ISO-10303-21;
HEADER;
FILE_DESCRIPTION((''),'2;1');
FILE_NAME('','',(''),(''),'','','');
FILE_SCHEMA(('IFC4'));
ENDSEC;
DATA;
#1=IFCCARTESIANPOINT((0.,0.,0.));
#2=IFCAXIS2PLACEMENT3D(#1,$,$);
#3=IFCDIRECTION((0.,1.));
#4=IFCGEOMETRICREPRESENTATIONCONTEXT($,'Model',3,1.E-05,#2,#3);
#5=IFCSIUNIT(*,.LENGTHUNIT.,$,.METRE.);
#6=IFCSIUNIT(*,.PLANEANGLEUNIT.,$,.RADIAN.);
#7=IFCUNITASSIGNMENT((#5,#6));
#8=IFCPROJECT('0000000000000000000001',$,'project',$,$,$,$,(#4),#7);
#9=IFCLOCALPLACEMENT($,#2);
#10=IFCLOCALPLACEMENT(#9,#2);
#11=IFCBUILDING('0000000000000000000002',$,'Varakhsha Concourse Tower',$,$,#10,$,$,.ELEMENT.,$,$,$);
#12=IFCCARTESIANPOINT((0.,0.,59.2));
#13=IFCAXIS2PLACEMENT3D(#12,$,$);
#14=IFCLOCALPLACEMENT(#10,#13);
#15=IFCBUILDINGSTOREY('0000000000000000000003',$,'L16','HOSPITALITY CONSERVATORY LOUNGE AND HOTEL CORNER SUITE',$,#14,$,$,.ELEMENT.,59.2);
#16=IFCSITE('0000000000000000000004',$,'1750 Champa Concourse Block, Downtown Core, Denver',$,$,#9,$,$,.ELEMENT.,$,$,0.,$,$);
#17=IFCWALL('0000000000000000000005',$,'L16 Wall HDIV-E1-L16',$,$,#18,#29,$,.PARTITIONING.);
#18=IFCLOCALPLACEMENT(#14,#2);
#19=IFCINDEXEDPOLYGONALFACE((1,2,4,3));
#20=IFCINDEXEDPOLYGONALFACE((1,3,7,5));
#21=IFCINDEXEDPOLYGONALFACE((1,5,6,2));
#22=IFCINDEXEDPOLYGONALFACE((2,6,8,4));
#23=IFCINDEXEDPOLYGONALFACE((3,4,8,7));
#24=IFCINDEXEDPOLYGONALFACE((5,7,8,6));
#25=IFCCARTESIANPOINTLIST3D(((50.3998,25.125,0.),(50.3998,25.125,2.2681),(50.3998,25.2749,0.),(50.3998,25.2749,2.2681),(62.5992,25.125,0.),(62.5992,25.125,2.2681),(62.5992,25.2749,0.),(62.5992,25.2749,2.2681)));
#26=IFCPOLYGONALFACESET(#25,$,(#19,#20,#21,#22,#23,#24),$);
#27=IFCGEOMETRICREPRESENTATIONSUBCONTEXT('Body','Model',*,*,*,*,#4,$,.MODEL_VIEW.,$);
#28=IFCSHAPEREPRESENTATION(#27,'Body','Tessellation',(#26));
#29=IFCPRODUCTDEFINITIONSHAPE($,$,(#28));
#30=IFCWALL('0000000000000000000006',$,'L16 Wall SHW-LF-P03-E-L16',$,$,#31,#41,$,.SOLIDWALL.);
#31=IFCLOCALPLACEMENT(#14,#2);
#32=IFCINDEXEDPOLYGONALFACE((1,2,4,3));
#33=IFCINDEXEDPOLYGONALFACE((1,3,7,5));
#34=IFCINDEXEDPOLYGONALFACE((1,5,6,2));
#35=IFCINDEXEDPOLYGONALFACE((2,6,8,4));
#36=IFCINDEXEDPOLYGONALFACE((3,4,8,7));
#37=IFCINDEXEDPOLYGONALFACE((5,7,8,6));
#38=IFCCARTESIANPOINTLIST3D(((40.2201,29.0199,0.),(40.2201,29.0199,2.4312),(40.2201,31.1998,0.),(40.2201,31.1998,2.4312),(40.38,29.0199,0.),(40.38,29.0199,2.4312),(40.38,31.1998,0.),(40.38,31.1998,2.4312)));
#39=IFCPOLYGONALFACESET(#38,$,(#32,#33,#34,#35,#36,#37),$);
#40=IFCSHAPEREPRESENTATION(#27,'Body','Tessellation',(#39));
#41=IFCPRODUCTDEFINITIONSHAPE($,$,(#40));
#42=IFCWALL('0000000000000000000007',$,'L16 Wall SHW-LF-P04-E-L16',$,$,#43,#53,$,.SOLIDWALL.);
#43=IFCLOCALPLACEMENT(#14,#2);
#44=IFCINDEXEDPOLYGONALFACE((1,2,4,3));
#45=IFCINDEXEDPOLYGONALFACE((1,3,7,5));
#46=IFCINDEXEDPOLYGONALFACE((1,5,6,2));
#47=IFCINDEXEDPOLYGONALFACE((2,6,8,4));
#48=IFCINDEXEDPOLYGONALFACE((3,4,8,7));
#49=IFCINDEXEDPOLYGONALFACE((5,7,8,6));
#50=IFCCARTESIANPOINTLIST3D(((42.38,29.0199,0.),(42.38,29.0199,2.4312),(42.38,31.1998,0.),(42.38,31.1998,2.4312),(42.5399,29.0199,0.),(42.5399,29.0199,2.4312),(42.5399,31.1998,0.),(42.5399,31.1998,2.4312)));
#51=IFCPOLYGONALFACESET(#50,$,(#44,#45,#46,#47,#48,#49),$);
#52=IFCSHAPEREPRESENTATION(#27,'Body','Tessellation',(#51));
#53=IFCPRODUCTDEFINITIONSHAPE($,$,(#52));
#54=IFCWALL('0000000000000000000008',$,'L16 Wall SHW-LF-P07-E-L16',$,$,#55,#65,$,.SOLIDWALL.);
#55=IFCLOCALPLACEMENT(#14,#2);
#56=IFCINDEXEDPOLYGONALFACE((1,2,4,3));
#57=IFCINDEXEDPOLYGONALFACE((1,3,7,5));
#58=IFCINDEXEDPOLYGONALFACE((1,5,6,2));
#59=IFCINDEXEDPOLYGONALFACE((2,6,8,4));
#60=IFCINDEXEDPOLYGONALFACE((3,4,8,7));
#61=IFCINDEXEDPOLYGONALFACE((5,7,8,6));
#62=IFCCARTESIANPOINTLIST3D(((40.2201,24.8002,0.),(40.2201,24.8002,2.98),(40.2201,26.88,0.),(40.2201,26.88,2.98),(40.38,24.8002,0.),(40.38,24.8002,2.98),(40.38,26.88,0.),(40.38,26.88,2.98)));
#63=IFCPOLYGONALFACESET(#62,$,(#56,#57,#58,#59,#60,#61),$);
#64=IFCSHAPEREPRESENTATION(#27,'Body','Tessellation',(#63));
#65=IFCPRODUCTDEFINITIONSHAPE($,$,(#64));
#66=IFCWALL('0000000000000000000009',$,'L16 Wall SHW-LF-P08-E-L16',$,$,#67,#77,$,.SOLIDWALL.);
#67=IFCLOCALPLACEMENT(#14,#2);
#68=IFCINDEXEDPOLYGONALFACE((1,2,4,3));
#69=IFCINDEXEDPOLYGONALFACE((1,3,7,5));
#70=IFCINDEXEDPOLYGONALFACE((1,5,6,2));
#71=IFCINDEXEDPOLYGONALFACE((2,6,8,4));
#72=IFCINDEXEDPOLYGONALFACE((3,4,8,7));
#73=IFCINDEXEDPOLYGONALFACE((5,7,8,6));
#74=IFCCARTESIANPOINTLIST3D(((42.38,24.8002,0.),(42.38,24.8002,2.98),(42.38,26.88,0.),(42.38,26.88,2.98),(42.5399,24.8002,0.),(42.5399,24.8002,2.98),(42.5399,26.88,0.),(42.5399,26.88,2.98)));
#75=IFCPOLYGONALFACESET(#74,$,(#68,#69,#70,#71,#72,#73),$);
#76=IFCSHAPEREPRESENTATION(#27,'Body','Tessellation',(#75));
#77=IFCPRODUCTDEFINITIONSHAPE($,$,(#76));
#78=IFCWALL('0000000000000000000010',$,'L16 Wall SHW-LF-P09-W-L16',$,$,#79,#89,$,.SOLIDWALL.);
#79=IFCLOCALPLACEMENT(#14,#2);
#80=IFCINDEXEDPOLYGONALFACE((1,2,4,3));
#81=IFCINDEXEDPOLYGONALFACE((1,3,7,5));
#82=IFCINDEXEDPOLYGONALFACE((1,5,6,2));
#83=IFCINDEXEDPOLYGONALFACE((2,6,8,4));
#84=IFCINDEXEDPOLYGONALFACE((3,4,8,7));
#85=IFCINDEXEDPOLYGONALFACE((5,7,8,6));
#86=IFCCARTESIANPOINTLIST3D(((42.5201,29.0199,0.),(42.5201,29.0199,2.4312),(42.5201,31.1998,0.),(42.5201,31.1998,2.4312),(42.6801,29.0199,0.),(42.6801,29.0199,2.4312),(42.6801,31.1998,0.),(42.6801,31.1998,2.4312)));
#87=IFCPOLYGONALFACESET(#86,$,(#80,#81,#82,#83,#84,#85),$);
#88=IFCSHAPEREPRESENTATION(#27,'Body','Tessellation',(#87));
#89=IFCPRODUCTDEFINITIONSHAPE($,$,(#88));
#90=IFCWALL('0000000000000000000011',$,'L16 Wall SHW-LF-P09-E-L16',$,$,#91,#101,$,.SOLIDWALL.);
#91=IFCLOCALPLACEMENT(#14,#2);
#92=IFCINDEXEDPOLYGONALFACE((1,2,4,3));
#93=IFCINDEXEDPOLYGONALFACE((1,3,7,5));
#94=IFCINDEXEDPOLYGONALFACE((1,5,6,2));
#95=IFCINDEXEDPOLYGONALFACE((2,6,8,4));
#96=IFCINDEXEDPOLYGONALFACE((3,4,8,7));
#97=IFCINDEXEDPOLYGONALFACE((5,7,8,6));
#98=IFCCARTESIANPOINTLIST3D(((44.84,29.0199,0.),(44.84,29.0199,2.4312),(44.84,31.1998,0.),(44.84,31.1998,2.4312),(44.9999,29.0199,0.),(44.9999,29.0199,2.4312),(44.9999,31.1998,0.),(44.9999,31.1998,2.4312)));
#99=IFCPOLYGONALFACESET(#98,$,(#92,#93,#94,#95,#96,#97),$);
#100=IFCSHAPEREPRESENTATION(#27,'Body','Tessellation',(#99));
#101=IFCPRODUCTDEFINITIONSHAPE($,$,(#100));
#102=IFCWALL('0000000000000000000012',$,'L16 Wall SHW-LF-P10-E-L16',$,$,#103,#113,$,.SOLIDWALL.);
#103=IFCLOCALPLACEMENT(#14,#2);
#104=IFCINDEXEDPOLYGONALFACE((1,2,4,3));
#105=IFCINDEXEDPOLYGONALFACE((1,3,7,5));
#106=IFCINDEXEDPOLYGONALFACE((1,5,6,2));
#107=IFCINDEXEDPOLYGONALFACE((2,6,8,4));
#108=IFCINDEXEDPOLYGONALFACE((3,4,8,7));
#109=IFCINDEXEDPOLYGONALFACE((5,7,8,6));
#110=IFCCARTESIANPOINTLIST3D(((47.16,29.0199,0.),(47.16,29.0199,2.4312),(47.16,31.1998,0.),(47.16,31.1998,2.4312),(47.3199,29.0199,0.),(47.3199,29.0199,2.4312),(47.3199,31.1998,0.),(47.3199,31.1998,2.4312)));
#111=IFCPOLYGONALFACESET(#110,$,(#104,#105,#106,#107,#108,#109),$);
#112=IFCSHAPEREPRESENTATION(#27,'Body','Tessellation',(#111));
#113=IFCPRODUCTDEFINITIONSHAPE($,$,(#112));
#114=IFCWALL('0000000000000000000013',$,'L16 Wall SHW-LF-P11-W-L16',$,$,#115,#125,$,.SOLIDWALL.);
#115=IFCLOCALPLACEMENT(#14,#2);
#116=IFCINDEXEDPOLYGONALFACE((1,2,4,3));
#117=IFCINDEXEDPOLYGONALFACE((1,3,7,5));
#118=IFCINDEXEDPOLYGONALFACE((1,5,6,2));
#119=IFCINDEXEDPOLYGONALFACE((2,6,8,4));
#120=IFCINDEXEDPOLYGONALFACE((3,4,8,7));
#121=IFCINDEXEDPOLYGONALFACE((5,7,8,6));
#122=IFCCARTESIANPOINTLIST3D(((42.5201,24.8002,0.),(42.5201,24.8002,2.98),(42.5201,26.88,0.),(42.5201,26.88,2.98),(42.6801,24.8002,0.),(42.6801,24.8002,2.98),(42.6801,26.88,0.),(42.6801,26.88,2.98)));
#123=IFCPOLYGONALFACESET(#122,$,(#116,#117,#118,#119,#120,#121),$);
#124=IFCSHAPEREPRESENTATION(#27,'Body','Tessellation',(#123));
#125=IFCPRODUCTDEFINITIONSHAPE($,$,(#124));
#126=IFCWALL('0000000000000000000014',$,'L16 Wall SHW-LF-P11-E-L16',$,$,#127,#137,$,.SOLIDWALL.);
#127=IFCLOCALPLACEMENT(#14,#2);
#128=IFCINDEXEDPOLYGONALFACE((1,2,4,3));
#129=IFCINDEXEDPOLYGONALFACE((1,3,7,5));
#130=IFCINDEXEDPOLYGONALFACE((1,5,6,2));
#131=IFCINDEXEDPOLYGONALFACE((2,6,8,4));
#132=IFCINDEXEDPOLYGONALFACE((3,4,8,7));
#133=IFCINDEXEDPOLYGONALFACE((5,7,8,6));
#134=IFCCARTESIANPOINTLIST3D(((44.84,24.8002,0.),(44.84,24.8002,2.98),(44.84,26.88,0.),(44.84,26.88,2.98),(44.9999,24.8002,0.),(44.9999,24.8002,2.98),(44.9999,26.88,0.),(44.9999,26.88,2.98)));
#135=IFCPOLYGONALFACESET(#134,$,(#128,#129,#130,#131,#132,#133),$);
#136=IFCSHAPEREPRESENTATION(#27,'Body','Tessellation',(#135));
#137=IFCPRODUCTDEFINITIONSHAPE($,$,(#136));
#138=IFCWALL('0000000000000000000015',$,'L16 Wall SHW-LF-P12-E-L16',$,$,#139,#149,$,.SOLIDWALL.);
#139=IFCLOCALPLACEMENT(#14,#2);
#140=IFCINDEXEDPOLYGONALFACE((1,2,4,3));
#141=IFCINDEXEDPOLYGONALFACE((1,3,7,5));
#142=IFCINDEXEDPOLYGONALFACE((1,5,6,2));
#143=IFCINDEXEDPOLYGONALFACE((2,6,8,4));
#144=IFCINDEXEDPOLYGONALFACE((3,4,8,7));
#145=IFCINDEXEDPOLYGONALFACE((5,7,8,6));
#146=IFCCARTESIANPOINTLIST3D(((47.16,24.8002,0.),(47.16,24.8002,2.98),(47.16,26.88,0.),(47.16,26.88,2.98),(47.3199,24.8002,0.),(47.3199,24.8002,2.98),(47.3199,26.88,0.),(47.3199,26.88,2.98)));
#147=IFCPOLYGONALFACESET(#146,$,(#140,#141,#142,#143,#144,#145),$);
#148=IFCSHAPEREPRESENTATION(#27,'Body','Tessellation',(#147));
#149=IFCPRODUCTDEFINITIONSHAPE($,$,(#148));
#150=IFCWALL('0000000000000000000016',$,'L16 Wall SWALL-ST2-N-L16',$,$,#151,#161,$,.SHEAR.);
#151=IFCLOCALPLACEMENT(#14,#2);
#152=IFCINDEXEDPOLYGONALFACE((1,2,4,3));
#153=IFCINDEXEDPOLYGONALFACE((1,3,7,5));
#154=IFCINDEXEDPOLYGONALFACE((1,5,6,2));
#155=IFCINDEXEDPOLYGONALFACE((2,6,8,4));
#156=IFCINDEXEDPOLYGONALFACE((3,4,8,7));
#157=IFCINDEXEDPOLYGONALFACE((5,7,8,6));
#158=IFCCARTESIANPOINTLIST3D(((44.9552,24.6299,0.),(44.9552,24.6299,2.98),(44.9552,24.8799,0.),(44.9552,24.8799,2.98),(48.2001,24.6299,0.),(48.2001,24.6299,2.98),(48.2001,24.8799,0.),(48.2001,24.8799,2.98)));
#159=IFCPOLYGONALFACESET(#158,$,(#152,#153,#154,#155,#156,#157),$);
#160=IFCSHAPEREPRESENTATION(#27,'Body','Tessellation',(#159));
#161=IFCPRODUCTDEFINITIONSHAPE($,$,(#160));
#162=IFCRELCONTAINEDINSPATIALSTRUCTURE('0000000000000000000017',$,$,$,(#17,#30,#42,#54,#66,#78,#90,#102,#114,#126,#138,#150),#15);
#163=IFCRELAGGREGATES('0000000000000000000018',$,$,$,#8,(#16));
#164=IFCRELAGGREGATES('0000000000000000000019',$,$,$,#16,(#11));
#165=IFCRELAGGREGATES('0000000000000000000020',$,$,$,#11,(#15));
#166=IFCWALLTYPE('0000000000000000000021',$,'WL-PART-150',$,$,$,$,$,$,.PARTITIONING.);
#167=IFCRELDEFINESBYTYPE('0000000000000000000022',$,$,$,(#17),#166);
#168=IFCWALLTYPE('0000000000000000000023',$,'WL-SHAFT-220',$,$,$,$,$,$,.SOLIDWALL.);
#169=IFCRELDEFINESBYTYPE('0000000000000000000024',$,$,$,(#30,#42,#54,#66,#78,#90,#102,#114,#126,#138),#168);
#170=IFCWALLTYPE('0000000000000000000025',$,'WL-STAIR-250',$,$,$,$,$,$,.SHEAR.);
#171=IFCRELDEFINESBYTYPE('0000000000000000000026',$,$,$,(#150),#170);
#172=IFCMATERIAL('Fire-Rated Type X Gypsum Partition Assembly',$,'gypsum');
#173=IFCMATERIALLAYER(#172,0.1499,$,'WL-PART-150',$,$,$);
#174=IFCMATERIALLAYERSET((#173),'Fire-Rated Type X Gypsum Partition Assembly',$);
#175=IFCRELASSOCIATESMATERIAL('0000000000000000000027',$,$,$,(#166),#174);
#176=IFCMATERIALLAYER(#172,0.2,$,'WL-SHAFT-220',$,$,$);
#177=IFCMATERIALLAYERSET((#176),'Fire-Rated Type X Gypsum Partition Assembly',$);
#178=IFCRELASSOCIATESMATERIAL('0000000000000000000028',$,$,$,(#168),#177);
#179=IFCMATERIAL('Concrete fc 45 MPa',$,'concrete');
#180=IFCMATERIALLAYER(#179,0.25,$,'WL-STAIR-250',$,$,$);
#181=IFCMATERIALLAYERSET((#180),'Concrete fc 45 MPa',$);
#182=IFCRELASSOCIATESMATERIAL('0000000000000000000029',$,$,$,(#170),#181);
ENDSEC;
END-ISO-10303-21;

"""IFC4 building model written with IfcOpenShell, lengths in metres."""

from ifc_helpers import new_model, si_unit, direction, frame, frame_2d, origin, place, context, subcontext, project, spatial, rectangle, extrude, material, layer, layer_set, type_object, element, save


model = new_model("IFC4")

# Units and contexts
model_context = context("Model", 3, precision=1e-05, world=origin(), true_north=direction((0.0, 1.0)))
body_context = subcontext(model_context, "Body", "Model", "MODEL_VIEW")
ifc_project = project(units=[si_unit("LENGTHUNIT", "METRE"), si_unit("PLANEANGLEUNIT", "RADIAN")], contexts=[model_context])

# Site, building, storey
site_placement = place(None, origin())
site = spatial("IfcSite", under=ifc_project, at=site_placement, Name="1750 Champa Concourse Block, Downtown Core, Denver", CompositionType="ELEMENT", RefElevation=0.0)
building_placement = place(site_placement, origin())
building = spatial("IfcBuilding", under=site, at=building_placement, Name="Varakhsha Concourse Tower", CompositionType="ELEMENT")
storey_placement = place(building_placement, frame((0.0, 0.0, 59.2)))
storey = spatial("IfcBuildingStorey", under=building, at=storey_placement, Name="L16", Description="HOSPITALITY CONSERVATORY LOUNGE AND HOTEL CORNER SUITE", CompositionType="ELEMENT", Elevation=59.2)

# Walls
ifc_material_1 = material(Name="Fire-Rated Type X Gypsum Partition Assembly", Category="gypsum")
ifc_layer_1 = layer(ifc_material_1, 0.1499, Name="WL-PART-150")
ifc_layer_set_1 = layer_set([ifc_layer_1], Name="Fire-Rated Type X Gypsum Partition Assembly")
wall_type_1 = type_object("IfcWallType", Name="WL-PART-150", PredefinedType="PARTITIONING", material=ifc_layer_set_1)
wall_1_placement = place(storey_placement, frame((50.3999, 25.2, 0.0), z_axis=(0.0, 0.0, 1.0), x_axis=(1.0, 0.0, 0.0)))
element("IfcWall", 1, at=wall_1_placement, inside=storey, type_object=wall_type_1, Name="L16 Wall HDIV-E1-L16", PredefinedType="PARTITIONING", context=body_context, shape_type="SweptSolid", body=[
    extrude(rectangle(XDim=12.1995, YDim=0.1499, at=frame_2d((6.0996, 0.0))), origin(), (0.0, 0.0, 1.0), 2.2681),
])
ifc_layer_2 = layer(ifc_material_1, 0.2, Name="WL-SHAFT-220")
ifc_layer_set_2 = layer_set([ifc_layer_2], Name="Fire-Rated Type X Gypsum Partition Assembly")
wall_type_2 = type_object("IfcWallType", Name="WL-SHAFT-220", PredefinedType="SOLIDWALL", material=ifc_layer_set_2)
for number, where, z_axis, x_axis, name in (
    (2, (40.3, 29.02, 0.0), (0.0, 0.0, 1.0), (0.0, 1.0, 0.0), "L16 Wall SHW-LF-P03-E-L16"),
    (3, (42.46, 29.02, 0.0), (0.0, 0.0, 1.0), (0.0, 1.0, 0.0), "L16 Wall SHW-LF-P04-E-L16"),
):
    element("IfcWall", number, at=place(storey_placement, frame(where, z_axis=z_axis, x_axis=x_axis)), inside=storey, type_object=wall_type_2, Name=name, PredefinedType="SOLIDWALL", context=body_context, shape_type="SweptSolid", body=[
        extrude(rectangle(XDim=2.1799, YDim=0.1599, at=frame_2d((1.0898, 0.0))), origin(), (0.0, 0.0, 1.0), 2.4312),
    ])
for number, where, z_axis, x_axis, name in (
    (4, (40.3, 24.8, 0.0), (0.0, 0.0, 1.0), (0.0, 1.0, 0.0), "L16 Wall SHW-LF-P07-E-L16"),
    (5, (42.46, 24.8, 0.0), (0.0, 0.0, 1.0), (0.0, 1.0, 0.0), "L16 Wall SHW-LF-P08-E-L16"),
):
    element("IfcWall", number, at=place(storey_placement, frame(where, z_axis=z_axis, x_axis=x_axis)), inside=storey, type_object=wall_type_2, Name=name, PredefinedType="SOLIDWALL", context=body_context, shape_type="SweptSolid", body=[
        extrude(rectangle(XDim=2.0798, YDim=0.1599, at=frame_2d((1.04, 0.0))), origin(), (0.0, 0.0, 1.0), 2.98),
    ])
for number, where, z_axis, x_axis, name in (
    (6, (42.6001, 29.02, 0.0), (0.0, 0.0, 1.0), (0.0, 1.0, 0.0), "L16 Wall SHW-LF-P09-W-L16"),
    (7, (44.9199, 29.02, 0.0), (0.0, 0.0, 1.0), (0.0, 1.0, 0.0), "L16 Wall SHW-LF-P09-E-L16"),
    (8, (47.24, 29.02, 0.0), (0.0, 0.0, 1.0), (0.0, 1.0, 0.0), "L16 Wall SHW-LF-P10-E-L16"),
):
    element("IfcWall", number, at=place(storey_placement, frame(where, z_axis=z_axis, x_axis=x_axis)), inside=storey, type_object=wall_type_2, Name=name, PredefinedType="SOLIDWALL", context=body_context, shape_type="SweptSolid", body=[
        extrude(rectangle(XDim=2.1799, YDim=0.1599, at=frame_2d((1.0898, 0.0))), origin(), (0.0, 0.0, 1.0), 2.4312),
    ])
for number, where, z_axis, x_axis, name in (
    (9, (42.6001, 24.8, 0.0), (0.0, 0.0, 1.0), (0.0, 1.0, 0.0), "L16 Wall SHW-LF-P11-W-L16"),
    (10, (44.9199, 24.8, 0.0), (0.0, 0.0, 1.0), (0.0, 1.0, 0.0), "L16 Wall SHW-LF-P11-E-L16"),
    (11, (47.24, 24.8, 0.0), (0.0, 0.0, 1.0), (0.0, 1.0, 0.0), "L16 Wall SHW-LF-P12-E-L16"),
):
    element("IfcWall", number, at=place(storey_placement, frame(where, z_axis=z_axis, x_axis=x_axis)), inside=storey, type_object=wall_type_2, Name=name, PredefinedType="SOLIDWALL", context=body_context, shape_type="SweptSolid", body=[
        extrude(rectangle(XDim=2.0798, YDim=0.1599, at=frame_2d((1.04, 0.0))), origin(), (0.0, 0.0, 1.0), 2.98),
    ])
ifc_material_2 = material(Name="Concrete fc 45 MPa", Category="concrete")
ifc_layer_3 = layer(ifc_material_2, 0.25, Name="WL-STAIR-250")
ifc_layer_set_3 = layer_set([ifc_layer_3], Name="Concrete fc 45 MPa")
wall_type_3 = type_object("IfcWallType", Name="WL-STAIR-250", PredefinedType="SHEAR", material=ifc_layer_set_3)
wall_2_placement = place(storey_placement, frame((44.9551, 24.7549, 0.0), z_axis=(0.0, 0.0, 1.0), x_axis=(1.0, 0.0, 0.0)))
element("IfcWall", 12, at=wall_2_placement, inside=storey, type_object=wall_type_3, Name="L16 Wall SWALL-ST2-N-L16", PredefinedType="SHEAR", context=body_context, shape_type="SweptSolid", body=[
    extrude(rectangle(XDim=3.2449, YDim=0.25, at=frame_2d((1.6226, 0.0))), origin(), (0.0, 0.0, 1.0), 2.98),
])

save(model, "model.ifc")
